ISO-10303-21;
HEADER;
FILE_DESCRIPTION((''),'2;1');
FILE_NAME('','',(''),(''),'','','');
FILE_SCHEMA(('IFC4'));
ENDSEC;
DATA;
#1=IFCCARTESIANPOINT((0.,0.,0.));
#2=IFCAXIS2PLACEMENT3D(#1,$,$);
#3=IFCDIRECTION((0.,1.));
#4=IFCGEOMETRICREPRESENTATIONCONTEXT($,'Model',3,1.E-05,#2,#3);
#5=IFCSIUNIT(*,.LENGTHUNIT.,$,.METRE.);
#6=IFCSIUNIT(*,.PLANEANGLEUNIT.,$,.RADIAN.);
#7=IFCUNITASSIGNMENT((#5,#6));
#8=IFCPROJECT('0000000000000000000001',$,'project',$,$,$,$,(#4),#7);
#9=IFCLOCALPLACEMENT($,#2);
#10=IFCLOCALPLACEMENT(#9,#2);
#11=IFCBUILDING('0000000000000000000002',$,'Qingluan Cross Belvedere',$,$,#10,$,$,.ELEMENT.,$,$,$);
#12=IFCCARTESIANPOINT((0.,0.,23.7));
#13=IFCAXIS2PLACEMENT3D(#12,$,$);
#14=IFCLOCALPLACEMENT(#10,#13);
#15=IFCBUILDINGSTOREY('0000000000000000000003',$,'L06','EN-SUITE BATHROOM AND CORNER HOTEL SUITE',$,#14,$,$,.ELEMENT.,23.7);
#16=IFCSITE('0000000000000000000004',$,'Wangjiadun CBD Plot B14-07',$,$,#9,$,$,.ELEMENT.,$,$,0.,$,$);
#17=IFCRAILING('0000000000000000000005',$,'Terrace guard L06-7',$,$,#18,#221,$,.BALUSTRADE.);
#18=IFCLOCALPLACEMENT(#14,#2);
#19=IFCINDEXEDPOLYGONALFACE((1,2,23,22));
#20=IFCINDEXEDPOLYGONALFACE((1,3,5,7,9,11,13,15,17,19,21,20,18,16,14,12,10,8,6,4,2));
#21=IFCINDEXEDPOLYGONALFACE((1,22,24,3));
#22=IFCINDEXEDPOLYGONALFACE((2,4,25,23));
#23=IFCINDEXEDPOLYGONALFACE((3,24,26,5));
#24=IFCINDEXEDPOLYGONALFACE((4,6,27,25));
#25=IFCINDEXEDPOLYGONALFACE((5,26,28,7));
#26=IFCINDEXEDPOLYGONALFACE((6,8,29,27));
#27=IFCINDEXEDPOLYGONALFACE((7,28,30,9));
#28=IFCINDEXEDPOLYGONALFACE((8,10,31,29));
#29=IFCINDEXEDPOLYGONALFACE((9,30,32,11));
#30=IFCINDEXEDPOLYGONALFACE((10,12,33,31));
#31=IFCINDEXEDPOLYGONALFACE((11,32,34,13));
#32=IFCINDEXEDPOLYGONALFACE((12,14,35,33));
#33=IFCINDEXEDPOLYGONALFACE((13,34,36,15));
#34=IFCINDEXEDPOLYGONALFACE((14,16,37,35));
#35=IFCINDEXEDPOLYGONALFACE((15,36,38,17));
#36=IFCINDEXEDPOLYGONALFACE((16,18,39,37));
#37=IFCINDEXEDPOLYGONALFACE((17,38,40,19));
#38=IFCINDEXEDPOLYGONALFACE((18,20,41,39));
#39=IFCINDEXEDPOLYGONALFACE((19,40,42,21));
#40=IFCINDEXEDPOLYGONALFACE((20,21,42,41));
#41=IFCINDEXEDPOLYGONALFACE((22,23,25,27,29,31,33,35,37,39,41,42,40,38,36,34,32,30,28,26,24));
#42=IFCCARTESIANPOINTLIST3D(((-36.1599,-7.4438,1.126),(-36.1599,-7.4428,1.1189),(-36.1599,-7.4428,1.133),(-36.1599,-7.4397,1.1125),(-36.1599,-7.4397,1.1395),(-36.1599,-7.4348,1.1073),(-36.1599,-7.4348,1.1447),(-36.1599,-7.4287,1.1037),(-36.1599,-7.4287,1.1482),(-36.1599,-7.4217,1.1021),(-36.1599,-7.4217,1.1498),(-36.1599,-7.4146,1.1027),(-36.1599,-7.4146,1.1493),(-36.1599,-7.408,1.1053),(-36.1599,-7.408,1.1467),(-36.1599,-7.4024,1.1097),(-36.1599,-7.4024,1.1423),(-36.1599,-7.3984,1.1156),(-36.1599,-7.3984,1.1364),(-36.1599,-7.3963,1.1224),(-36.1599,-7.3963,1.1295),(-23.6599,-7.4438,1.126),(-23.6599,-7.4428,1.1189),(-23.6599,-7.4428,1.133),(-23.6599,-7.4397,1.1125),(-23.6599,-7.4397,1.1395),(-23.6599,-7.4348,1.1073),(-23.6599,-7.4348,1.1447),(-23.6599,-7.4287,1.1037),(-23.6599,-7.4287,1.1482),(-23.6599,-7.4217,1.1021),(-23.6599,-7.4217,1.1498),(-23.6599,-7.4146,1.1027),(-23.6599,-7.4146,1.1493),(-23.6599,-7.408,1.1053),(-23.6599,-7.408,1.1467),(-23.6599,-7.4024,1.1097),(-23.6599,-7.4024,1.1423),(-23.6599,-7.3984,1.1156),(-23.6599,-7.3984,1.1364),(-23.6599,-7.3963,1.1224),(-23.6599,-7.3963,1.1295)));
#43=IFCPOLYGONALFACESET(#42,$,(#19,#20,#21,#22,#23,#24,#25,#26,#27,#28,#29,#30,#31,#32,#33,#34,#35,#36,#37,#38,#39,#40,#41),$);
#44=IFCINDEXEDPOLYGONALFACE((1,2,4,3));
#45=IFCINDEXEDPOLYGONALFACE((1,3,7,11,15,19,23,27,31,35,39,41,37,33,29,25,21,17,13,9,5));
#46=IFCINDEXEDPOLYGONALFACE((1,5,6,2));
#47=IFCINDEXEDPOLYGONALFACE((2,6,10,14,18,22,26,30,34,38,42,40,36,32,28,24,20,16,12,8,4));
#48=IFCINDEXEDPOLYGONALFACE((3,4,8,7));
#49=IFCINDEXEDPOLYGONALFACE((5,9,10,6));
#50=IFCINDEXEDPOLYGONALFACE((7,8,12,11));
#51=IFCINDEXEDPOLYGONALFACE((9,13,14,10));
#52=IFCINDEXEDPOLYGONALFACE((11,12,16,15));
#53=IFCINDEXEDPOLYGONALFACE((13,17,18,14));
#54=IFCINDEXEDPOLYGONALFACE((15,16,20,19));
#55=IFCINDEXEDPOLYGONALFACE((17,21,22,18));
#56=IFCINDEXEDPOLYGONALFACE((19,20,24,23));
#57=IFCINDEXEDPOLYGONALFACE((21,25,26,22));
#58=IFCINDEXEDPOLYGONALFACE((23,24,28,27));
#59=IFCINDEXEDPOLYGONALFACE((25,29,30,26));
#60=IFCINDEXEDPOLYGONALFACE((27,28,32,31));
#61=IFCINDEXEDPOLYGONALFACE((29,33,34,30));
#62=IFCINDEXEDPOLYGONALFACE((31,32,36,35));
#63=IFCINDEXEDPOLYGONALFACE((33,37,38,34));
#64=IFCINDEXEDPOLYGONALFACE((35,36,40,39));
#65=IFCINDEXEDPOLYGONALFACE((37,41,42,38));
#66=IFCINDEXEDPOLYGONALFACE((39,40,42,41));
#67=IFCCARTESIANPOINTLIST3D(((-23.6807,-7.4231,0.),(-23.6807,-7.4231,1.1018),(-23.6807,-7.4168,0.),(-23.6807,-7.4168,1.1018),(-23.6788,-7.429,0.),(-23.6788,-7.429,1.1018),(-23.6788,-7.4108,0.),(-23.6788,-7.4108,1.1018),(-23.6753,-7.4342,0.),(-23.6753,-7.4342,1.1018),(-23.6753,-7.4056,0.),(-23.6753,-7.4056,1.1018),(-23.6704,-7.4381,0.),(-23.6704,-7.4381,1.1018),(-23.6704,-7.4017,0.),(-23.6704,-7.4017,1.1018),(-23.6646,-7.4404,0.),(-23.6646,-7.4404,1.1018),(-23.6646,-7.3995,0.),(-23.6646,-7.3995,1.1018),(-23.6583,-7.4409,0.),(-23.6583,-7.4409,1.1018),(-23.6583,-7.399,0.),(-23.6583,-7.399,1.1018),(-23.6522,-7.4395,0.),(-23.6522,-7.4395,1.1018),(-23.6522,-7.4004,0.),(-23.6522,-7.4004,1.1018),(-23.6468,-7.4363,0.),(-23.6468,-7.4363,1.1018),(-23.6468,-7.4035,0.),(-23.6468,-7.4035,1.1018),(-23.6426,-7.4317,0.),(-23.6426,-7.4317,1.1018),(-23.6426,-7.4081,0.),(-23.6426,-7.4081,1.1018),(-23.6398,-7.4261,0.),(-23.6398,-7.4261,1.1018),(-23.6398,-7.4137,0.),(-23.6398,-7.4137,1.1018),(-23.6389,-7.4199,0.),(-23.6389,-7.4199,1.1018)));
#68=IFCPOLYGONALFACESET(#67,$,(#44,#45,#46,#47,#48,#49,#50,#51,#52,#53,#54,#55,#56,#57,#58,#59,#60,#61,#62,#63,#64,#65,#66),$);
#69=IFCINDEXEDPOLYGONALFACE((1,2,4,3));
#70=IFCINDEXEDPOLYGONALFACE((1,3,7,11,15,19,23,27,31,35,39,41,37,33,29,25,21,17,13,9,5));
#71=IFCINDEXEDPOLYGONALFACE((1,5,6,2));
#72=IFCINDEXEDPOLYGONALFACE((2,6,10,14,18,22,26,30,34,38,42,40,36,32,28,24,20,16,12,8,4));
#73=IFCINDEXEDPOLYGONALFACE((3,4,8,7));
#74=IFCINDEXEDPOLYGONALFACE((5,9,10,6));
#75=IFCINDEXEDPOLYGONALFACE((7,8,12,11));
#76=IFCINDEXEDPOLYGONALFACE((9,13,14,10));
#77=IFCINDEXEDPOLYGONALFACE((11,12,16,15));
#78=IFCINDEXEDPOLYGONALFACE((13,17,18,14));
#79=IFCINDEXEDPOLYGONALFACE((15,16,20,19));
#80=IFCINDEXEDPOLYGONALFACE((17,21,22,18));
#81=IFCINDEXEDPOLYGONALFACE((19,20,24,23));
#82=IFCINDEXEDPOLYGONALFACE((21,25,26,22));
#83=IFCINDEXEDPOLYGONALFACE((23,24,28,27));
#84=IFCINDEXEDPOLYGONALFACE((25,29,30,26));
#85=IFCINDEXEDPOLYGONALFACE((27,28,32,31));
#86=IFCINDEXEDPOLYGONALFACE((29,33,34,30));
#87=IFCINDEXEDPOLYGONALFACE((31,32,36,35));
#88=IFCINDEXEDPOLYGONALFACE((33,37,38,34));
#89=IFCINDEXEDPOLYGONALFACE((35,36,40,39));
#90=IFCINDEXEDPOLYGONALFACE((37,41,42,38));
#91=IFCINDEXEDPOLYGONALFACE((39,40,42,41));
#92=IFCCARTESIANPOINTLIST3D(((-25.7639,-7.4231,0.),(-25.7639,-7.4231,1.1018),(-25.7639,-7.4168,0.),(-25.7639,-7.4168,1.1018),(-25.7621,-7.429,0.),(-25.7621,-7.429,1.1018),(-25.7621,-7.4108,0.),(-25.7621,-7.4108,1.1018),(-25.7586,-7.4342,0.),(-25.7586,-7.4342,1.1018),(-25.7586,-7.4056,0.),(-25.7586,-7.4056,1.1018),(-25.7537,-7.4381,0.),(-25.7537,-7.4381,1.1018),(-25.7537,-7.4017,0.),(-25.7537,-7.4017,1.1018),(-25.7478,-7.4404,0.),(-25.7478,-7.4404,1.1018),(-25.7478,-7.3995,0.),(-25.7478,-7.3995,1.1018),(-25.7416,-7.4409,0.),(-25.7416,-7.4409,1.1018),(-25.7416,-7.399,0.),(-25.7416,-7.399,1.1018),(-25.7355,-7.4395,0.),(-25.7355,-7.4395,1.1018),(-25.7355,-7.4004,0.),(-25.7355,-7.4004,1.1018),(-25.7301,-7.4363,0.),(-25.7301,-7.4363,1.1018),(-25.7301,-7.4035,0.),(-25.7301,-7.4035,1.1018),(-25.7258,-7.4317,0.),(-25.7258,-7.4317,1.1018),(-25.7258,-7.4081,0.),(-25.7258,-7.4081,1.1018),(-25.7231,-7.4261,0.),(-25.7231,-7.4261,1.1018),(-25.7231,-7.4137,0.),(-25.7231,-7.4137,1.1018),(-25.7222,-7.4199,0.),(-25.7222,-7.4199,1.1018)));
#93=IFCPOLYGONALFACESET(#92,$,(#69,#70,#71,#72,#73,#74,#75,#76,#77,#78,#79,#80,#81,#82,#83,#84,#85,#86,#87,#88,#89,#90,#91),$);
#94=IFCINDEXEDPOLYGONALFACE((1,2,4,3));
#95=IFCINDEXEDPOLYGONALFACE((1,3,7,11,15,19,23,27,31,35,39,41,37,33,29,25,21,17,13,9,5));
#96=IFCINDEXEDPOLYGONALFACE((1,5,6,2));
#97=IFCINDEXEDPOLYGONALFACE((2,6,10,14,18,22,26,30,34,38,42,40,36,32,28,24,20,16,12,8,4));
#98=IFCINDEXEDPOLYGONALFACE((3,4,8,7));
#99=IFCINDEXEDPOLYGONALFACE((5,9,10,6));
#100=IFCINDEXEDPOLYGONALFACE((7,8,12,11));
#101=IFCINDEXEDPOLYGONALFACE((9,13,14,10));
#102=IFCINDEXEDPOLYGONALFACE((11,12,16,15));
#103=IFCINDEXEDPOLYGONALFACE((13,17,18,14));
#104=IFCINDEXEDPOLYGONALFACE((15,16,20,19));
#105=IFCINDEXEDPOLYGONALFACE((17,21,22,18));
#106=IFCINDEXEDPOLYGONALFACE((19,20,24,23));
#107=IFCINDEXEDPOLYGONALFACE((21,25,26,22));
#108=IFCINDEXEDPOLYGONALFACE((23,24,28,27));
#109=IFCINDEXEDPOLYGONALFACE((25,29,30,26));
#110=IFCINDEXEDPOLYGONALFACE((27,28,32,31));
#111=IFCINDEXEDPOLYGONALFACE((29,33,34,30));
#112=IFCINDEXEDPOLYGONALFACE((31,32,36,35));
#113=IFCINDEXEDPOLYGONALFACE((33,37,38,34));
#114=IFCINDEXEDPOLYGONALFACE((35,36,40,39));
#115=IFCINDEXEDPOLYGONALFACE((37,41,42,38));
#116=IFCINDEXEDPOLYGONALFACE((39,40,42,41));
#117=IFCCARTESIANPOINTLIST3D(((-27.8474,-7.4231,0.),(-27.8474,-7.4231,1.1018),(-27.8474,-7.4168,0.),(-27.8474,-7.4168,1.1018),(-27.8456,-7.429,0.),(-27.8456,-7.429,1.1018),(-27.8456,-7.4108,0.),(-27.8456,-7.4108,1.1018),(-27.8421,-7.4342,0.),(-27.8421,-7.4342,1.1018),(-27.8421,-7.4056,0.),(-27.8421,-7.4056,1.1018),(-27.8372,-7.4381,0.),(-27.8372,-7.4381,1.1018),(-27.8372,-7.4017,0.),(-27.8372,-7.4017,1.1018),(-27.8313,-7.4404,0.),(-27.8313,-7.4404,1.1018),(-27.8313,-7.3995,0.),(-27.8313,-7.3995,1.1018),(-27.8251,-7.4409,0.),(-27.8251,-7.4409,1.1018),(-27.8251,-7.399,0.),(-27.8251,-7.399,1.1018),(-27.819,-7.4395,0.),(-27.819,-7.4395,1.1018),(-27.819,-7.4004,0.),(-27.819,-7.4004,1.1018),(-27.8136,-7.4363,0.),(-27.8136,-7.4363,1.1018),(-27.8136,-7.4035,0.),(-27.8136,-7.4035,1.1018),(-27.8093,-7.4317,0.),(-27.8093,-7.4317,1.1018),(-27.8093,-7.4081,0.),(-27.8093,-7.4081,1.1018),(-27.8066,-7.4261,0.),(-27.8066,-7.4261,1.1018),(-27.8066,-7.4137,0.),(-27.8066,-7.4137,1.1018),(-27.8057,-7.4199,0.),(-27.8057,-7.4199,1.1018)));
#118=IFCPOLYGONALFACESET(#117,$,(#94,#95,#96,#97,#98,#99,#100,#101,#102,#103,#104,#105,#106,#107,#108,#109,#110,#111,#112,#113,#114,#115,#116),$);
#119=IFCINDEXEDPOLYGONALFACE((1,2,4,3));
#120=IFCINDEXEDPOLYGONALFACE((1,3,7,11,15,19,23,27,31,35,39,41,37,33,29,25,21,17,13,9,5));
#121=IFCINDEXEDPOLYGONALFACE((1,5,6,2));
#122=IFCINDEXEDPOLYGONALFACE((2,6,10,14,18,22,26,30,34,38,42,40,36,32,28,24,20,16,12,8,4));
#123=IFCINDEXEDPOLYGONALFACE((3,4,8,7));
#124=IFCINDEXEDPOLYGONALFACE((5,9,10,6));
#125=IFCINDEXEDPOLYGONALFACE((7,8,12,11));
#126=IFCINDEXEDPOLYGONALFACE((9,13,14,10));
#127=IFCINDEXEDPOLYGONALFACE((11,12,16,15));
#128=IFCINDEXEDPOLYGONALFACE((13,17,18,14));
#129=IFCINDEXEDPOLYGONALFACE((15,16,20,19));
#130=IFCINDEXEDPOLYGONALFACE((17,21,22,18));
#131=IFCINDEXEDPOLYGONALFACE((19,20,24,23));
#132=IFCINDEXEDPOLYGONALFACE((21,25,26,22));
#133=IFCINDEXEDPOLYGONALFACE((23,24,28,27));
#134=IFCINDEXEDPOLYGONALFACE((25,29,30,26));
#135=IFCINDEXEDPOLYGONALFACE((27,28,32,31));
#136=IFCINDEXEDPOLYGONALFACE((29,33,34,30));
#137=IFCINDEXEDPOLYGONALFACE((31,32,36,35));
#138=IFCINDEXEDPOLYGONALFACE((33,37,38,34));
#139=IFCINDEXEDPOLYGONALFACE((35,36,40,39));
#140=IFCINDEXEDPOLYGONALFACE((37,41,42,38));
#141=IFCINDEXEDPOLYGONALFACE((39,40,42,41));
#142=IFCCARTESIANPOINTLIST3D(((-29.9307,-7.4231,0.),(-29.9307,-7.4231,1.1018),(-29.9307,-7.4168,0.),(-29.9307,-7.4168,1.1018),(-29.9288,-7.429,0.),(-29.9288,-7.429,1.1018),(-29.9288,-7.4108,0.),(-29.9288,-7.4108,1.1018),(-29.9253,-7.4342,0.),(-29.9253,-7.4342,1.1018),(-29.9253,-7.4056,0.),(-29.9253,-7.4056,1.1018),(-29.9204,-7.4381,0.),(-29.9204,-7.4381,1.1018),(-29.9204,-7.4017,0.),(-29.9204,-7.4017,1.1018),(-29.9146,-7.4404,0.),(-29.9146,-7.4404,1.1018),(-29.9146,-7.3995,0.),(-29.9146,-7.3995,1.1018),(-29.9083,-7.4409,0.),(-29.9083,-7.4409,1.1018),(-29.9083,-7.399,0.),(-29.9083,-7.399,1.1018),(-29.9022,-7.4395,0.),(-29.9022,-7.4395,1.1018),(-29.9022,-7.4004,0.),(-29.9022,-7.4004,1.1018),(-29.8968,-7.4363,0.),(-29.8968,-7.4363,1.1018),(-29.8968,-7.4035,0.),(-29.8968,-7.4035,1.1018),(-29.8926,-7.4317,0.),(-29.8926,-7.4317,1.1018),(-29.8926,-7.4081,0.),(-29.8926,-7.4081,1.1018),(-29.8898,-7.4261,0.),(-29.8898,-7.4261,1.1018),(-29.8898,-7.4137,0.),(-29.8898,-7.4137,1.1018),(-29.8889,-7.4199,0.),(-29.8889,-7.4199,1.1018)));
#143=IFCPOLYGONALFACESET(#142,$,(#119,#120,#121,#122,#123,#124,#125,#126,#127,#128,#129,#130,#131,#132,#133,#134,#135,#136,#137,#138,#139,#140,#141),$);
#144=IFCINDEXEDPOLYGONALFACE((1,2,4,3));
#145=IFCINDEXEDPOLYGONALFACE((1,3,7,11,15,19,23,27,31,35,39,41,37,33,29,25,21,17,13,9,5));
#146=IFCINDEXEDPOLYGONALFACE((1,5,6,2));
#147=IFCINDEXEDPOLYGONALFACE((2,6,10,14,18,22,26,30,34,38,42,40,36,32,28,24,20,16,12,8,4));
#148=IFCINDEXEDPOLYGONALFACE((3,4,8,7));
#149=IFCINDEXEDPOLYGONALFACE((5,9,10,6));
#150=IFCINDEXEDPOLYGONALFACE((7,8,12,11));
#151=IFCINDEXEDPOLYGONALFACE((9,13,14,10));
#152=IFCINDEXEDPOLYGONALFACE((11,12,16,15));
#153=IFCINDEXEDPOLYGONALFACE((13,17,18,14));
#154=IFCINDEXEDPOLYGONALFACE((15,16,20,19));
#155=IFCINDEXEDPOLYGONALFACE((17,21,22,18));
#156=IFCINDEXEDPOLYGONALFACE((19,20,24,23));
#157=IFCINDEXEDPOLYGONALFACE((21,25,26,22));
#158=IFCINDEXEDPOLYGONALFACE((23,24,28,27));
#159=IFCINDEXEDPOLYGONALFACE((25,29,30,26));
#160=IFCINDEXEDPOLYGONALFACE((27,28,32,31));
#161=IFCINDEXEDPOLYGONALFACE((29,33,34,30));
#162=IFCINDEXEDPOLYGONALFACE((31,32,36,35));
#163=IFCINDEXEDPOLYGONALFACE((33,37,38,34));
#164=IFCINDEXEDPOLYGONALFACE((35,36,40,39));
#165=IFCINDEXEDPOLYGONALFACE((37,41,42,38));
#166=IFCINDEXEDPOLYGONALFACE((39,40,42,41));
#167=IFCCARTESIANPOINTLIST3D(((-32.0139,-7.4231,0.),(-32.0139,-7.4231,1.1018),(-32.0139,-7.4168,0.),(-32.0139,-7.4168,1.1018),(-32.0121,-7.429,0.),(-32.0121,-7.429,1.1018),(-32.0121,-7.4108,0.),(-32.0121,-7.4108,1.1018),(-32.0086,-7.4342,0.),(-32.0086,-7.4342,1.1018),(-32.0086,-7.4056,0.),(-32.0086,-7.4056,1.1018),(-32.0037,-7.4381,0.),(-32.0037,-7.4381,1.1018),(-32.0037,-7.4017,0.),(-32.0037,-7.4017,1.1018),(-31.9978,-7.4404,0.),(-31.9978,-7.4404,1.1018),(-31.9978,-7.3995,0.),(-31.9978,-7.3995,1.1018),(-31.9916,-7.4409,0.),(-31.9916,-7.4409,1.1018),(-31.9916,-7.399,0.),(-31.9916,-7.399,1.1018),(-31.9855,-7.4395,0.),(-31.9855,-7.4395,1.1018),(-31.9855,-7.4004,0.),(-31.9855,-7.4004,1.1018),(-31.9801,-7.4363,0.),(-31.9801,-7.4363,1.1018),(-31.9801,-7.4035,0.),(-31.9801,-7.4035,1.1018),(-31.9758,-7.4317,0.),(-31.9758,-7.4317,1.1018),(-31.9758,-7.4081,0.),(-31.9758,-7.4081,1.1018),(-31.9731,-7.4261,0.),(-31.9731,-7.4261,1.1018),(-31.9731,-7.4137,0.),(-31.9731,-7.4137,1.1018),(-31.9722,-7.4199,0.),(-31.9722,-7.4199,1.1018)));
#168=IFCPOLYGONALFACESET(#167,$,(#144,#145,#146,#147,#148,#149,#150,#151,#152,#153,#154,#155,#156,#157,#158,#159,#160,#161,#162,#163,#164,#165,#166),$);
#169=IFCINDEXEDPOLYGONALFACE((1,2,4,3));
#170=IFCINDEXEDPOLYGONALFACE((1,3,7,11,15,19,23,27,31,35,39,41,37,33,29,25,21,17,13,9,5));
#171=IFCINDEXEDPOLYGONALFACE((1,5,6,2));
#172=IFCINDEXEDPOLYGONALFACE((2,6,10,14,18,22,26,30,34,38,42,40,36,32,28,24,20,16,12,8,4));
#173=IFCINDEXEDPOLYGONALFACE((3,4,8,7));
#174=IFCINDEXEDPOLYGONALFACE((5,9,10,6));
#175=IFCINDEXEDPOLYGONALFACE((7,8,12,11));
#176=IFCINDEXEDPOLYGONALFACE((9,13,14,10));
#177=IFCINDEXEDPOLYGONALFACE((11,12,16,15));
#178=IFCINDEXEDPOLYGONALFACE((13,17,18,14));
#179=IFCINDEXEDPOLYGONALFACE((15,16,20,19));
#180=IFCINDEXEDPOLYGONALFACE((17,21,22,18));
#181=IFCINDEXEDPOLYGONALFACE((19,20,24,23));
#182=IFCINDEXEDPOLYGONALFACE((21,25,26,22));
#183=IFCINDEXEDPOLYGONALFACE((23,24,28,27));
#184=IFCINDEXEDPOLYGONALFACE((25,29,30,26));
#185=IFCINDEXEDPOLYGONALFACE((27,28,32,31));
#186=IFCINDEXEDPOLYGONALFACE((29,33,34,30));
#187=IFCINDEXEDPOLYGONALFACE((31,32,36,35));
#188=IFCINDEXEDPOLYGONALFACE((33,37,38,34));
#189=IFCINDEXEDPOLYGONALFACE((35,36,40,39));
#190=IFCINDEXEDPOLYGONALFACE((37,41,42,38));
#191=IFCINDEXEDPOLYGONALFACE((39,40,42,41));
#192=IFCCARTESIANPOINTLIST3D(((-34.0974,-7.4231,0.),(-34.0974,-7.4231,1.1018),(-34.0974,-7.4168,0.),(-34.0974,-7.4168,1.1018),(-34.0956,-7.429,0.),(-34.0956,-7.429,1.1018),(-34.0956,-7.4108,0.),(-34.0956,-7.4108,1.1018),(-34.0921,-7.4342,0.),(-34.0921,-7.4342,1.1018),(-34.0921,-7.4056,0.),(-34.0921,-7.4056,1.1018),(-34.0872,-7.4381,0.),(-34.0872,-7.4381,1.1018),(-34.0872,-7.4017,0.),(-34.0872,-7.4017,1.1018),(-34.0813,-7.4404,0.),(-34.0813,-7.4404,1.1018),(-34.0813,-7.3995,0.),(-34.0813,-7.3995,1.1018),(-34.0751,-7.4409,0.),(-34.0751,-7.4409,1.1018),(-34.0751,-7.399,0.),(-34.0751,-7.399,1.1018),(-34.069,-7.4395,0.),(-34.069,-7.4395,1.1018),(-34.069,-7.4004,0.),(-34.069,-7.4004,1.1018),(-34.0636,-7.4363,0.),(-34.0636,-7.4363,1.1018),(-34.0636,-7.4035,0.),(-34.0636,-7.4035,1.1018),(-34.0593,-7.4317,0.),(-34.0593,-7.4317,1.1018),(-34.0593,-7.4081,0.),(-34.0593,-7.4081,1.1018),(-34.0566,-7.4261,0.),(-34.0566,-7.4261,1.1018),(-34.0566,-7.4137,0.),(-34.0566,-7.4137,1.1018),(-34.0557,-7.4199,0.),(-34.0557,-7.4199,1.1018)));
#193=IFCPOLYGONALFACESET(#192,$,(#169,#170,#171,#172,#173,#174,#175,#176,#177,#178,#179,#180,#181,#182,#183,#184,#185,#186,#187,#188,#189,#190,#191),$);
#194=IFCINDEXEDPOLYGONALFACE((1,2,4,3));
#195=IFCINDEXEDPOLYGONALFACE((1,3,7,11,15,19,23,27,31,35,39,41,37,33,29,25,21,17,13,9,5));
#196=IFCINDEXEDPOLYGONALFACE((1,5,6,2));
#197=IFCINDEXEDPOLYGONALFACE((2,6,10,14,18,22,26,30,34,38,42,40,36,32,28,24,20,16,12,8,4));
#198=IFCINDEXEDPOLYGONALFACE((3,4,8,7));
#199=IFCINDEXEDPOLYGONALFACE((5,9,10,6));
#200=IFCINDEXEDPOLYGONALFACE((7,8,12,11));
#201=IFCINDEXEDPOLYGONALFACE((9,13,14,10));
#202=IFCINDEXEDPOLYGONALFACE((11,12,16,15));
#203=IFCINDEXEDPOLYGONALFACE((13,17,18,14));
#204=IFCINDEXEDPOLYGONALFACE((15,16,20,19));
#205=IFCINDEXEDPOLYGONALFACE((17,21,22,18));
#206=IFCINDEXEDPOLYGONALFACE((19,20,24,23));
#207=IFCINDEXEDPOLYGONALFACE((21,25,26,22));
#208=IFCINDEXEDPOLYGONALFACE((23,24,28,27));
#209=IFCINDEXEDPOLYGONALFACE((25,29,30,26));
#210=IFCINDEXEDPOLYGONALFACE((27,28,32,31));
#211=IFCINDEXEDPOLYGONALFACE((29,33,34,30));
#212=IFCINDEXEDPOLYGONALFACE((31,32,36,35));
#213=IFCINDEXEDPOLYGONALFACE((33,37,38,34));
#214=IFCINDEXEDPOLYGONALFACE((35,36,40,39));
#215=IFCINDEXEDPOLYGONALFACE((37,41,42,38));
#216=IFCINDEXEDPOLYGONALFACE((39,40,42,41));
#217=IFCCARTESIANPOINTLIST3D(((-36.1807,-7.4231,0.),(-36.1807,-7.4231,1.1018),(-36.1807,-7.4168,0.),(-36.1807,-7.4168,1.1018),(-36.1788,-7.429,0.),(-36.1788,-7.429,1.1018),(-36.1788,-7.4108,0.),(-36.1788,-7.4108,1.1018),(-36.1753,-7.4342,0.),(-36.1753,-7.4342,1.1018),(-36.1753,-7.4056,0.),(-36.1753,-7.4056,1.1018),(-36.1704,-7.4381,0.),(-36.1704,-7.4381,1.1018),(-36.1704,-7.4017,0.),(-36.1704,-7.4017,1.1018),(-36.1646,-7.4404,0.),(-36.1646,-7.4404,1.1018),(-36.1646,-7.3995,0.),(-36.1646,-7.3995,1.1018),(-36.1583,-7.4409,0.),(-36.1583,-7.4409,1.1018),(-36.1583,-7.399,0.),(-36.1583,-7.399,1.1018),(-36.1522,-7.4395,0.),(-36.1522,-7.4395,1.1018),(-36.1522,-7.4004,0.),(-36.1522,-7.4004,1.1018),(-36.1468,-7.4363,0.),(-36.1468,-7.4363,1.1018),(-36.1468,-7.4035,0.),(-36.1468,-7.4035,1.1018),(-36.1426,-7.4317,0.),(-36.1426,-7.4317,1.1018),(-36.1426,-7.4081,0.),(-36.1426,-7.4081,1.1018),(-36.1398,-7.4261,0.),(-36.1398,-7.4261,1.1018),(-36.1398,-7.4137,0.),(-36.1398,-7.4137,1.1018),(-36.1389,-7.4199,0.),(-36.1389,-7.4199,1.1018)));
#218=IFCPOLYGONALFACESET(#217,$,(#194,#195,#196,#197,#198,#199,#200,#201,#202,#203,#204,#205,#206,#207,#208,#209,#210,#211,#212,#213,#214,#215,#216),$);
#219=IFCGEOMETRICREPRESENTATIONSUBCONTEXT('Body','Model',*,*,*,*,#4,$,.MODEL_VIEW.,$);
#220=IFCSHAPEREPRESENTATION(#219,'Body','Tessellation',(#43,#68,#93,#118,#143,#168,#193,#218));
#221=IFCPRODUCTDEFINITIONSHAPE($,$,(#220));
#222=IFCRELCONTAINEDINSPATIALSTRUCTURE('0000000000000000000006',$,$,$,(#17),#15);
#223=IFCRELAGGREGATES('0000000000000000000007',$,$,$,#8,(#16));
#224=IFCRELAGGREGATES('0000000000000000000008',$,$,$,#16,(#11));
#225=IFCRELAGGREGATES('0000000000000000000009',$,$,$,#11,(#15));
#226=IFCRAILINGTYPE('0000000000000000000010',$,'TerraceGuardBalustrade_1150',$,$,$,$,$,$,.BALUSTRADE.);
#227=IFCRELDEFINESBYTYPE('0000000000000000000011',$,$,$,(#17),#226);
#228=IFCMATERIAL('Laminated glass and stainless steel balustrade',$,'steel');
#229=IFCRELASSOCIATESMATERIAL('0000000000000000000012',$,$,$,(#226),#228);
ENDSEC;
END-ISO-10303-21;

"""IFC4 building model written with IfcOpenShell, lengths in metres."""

from ifc_helpers import new_model, si_unit, direction, frame, origin, origin_2d, place, context, subcontext, project, spatial, circle, extrude, material, type_object, element, save


model = new_model("IFC4")

# Units and contexts
model_context = context("Model", 3, precision=1e-05, world=origin(), true_north=direction((0.0, 1.0)))
body_context = subcontext(model_context, "Body", "Model", "MODEL_VIEW")
ifc_project = project(units=[si_unit("LENGTHUNIT", "METRE"), si_unit("PLANEANGLEUNIT", "RADIAN")], contexts=[model_context])

# Site, building, storey
site_placement = place(None, origin())
site = spatial("IfcSite", under=ifc_project, at=site_placement, Name="Wangjiadun CBD Plot B14-07", CompositionType="ELEMENT", RefElevation=0.0)
building_placement = place(site_placement, origin())
building = spatial("IfcBuilding", under=site, at=building_placement, Name="Qingluan Cross Belvedere", CompositionType="ELEMENT")
storey_placement = place(building_placement, frame((0.0, 0.0, 23.7)))
storey = spatial("IfcBuildingStorey", under=building, at=storey_placement, Name="L06", Description="EN-SUITE BATHROOM AND CORNER HOTEL SUITE", CompositionType="ELEMENT", Elevation=23.7)

# Railing
ifc_material_1 = material(Name="Laminated glass and stainless steel balustrade", Category="steel")
railing_type = type_object("IfcRailingType", Name="TerraceGuardBalustrade_1150", PredefinedType="BALUSTRADE", material=ifc_material_1)
railing_placement = place(storey_placement, frame((-23.6599, -7.4199, 0.0)))
element("IfcRailing", 1, at=railing_placement, inside=storey, type_object=railing_type, Name="Terrace guard L06-7", PredefinedType="BALUSTRADE", context=body_context, shape_type="SweptSolid", body=[
    extrude(circle(Radius=0.0239, at=origin_2d()), frame((0.0, 0.0, 1.126), z_axis=(-1.0, 0.0, 0.0), x_axis=(0.0, -1.0, 0.0)), (0.0, 0.0, 1.0), 12.5),
    extrude(circle(Radius=0.021, at=origin_2d()), origin(), (0.0, 0.0, 1.0), 1.1018),
    extrude(circle(Radius=0.021, at=origin_2d()), frame((-2.0833, 0.0, 0.0)), (0.0, 0.0, 1.0), 1.1018),
    extrude(circle(Radius=0.021, at=origin_2d()), frame((-4.1667, 0.0, 0.0)), (0.0, 0.0, 1.0), 1.1018),
    extrude(circle(Radius=0.021, at=origin_2d()), frame((-6.25, 0.0, 0.0)), (0.0, 0.0, 1.0), 1.1018),
    extrude(circle(Radius=0.021, at=origin_2d()), frame((-8.3333, 0.0, 0.0)), (0.0, 0.0, 1.0), 1.1018),
    extrude(circle(Radius=0.021, at=origin_2d()), frame((-10.4167, 0.0, 0.0)), (0.0, 0.0, 1.0), 1.1018),
    extrude(circle(Radius=0.021, at=origin_2d()), frame((-12.5, 0.0, 0.0)), (0.0, 0.0, 1.0), 1.1018),
])

save(model, "model.ifc")
